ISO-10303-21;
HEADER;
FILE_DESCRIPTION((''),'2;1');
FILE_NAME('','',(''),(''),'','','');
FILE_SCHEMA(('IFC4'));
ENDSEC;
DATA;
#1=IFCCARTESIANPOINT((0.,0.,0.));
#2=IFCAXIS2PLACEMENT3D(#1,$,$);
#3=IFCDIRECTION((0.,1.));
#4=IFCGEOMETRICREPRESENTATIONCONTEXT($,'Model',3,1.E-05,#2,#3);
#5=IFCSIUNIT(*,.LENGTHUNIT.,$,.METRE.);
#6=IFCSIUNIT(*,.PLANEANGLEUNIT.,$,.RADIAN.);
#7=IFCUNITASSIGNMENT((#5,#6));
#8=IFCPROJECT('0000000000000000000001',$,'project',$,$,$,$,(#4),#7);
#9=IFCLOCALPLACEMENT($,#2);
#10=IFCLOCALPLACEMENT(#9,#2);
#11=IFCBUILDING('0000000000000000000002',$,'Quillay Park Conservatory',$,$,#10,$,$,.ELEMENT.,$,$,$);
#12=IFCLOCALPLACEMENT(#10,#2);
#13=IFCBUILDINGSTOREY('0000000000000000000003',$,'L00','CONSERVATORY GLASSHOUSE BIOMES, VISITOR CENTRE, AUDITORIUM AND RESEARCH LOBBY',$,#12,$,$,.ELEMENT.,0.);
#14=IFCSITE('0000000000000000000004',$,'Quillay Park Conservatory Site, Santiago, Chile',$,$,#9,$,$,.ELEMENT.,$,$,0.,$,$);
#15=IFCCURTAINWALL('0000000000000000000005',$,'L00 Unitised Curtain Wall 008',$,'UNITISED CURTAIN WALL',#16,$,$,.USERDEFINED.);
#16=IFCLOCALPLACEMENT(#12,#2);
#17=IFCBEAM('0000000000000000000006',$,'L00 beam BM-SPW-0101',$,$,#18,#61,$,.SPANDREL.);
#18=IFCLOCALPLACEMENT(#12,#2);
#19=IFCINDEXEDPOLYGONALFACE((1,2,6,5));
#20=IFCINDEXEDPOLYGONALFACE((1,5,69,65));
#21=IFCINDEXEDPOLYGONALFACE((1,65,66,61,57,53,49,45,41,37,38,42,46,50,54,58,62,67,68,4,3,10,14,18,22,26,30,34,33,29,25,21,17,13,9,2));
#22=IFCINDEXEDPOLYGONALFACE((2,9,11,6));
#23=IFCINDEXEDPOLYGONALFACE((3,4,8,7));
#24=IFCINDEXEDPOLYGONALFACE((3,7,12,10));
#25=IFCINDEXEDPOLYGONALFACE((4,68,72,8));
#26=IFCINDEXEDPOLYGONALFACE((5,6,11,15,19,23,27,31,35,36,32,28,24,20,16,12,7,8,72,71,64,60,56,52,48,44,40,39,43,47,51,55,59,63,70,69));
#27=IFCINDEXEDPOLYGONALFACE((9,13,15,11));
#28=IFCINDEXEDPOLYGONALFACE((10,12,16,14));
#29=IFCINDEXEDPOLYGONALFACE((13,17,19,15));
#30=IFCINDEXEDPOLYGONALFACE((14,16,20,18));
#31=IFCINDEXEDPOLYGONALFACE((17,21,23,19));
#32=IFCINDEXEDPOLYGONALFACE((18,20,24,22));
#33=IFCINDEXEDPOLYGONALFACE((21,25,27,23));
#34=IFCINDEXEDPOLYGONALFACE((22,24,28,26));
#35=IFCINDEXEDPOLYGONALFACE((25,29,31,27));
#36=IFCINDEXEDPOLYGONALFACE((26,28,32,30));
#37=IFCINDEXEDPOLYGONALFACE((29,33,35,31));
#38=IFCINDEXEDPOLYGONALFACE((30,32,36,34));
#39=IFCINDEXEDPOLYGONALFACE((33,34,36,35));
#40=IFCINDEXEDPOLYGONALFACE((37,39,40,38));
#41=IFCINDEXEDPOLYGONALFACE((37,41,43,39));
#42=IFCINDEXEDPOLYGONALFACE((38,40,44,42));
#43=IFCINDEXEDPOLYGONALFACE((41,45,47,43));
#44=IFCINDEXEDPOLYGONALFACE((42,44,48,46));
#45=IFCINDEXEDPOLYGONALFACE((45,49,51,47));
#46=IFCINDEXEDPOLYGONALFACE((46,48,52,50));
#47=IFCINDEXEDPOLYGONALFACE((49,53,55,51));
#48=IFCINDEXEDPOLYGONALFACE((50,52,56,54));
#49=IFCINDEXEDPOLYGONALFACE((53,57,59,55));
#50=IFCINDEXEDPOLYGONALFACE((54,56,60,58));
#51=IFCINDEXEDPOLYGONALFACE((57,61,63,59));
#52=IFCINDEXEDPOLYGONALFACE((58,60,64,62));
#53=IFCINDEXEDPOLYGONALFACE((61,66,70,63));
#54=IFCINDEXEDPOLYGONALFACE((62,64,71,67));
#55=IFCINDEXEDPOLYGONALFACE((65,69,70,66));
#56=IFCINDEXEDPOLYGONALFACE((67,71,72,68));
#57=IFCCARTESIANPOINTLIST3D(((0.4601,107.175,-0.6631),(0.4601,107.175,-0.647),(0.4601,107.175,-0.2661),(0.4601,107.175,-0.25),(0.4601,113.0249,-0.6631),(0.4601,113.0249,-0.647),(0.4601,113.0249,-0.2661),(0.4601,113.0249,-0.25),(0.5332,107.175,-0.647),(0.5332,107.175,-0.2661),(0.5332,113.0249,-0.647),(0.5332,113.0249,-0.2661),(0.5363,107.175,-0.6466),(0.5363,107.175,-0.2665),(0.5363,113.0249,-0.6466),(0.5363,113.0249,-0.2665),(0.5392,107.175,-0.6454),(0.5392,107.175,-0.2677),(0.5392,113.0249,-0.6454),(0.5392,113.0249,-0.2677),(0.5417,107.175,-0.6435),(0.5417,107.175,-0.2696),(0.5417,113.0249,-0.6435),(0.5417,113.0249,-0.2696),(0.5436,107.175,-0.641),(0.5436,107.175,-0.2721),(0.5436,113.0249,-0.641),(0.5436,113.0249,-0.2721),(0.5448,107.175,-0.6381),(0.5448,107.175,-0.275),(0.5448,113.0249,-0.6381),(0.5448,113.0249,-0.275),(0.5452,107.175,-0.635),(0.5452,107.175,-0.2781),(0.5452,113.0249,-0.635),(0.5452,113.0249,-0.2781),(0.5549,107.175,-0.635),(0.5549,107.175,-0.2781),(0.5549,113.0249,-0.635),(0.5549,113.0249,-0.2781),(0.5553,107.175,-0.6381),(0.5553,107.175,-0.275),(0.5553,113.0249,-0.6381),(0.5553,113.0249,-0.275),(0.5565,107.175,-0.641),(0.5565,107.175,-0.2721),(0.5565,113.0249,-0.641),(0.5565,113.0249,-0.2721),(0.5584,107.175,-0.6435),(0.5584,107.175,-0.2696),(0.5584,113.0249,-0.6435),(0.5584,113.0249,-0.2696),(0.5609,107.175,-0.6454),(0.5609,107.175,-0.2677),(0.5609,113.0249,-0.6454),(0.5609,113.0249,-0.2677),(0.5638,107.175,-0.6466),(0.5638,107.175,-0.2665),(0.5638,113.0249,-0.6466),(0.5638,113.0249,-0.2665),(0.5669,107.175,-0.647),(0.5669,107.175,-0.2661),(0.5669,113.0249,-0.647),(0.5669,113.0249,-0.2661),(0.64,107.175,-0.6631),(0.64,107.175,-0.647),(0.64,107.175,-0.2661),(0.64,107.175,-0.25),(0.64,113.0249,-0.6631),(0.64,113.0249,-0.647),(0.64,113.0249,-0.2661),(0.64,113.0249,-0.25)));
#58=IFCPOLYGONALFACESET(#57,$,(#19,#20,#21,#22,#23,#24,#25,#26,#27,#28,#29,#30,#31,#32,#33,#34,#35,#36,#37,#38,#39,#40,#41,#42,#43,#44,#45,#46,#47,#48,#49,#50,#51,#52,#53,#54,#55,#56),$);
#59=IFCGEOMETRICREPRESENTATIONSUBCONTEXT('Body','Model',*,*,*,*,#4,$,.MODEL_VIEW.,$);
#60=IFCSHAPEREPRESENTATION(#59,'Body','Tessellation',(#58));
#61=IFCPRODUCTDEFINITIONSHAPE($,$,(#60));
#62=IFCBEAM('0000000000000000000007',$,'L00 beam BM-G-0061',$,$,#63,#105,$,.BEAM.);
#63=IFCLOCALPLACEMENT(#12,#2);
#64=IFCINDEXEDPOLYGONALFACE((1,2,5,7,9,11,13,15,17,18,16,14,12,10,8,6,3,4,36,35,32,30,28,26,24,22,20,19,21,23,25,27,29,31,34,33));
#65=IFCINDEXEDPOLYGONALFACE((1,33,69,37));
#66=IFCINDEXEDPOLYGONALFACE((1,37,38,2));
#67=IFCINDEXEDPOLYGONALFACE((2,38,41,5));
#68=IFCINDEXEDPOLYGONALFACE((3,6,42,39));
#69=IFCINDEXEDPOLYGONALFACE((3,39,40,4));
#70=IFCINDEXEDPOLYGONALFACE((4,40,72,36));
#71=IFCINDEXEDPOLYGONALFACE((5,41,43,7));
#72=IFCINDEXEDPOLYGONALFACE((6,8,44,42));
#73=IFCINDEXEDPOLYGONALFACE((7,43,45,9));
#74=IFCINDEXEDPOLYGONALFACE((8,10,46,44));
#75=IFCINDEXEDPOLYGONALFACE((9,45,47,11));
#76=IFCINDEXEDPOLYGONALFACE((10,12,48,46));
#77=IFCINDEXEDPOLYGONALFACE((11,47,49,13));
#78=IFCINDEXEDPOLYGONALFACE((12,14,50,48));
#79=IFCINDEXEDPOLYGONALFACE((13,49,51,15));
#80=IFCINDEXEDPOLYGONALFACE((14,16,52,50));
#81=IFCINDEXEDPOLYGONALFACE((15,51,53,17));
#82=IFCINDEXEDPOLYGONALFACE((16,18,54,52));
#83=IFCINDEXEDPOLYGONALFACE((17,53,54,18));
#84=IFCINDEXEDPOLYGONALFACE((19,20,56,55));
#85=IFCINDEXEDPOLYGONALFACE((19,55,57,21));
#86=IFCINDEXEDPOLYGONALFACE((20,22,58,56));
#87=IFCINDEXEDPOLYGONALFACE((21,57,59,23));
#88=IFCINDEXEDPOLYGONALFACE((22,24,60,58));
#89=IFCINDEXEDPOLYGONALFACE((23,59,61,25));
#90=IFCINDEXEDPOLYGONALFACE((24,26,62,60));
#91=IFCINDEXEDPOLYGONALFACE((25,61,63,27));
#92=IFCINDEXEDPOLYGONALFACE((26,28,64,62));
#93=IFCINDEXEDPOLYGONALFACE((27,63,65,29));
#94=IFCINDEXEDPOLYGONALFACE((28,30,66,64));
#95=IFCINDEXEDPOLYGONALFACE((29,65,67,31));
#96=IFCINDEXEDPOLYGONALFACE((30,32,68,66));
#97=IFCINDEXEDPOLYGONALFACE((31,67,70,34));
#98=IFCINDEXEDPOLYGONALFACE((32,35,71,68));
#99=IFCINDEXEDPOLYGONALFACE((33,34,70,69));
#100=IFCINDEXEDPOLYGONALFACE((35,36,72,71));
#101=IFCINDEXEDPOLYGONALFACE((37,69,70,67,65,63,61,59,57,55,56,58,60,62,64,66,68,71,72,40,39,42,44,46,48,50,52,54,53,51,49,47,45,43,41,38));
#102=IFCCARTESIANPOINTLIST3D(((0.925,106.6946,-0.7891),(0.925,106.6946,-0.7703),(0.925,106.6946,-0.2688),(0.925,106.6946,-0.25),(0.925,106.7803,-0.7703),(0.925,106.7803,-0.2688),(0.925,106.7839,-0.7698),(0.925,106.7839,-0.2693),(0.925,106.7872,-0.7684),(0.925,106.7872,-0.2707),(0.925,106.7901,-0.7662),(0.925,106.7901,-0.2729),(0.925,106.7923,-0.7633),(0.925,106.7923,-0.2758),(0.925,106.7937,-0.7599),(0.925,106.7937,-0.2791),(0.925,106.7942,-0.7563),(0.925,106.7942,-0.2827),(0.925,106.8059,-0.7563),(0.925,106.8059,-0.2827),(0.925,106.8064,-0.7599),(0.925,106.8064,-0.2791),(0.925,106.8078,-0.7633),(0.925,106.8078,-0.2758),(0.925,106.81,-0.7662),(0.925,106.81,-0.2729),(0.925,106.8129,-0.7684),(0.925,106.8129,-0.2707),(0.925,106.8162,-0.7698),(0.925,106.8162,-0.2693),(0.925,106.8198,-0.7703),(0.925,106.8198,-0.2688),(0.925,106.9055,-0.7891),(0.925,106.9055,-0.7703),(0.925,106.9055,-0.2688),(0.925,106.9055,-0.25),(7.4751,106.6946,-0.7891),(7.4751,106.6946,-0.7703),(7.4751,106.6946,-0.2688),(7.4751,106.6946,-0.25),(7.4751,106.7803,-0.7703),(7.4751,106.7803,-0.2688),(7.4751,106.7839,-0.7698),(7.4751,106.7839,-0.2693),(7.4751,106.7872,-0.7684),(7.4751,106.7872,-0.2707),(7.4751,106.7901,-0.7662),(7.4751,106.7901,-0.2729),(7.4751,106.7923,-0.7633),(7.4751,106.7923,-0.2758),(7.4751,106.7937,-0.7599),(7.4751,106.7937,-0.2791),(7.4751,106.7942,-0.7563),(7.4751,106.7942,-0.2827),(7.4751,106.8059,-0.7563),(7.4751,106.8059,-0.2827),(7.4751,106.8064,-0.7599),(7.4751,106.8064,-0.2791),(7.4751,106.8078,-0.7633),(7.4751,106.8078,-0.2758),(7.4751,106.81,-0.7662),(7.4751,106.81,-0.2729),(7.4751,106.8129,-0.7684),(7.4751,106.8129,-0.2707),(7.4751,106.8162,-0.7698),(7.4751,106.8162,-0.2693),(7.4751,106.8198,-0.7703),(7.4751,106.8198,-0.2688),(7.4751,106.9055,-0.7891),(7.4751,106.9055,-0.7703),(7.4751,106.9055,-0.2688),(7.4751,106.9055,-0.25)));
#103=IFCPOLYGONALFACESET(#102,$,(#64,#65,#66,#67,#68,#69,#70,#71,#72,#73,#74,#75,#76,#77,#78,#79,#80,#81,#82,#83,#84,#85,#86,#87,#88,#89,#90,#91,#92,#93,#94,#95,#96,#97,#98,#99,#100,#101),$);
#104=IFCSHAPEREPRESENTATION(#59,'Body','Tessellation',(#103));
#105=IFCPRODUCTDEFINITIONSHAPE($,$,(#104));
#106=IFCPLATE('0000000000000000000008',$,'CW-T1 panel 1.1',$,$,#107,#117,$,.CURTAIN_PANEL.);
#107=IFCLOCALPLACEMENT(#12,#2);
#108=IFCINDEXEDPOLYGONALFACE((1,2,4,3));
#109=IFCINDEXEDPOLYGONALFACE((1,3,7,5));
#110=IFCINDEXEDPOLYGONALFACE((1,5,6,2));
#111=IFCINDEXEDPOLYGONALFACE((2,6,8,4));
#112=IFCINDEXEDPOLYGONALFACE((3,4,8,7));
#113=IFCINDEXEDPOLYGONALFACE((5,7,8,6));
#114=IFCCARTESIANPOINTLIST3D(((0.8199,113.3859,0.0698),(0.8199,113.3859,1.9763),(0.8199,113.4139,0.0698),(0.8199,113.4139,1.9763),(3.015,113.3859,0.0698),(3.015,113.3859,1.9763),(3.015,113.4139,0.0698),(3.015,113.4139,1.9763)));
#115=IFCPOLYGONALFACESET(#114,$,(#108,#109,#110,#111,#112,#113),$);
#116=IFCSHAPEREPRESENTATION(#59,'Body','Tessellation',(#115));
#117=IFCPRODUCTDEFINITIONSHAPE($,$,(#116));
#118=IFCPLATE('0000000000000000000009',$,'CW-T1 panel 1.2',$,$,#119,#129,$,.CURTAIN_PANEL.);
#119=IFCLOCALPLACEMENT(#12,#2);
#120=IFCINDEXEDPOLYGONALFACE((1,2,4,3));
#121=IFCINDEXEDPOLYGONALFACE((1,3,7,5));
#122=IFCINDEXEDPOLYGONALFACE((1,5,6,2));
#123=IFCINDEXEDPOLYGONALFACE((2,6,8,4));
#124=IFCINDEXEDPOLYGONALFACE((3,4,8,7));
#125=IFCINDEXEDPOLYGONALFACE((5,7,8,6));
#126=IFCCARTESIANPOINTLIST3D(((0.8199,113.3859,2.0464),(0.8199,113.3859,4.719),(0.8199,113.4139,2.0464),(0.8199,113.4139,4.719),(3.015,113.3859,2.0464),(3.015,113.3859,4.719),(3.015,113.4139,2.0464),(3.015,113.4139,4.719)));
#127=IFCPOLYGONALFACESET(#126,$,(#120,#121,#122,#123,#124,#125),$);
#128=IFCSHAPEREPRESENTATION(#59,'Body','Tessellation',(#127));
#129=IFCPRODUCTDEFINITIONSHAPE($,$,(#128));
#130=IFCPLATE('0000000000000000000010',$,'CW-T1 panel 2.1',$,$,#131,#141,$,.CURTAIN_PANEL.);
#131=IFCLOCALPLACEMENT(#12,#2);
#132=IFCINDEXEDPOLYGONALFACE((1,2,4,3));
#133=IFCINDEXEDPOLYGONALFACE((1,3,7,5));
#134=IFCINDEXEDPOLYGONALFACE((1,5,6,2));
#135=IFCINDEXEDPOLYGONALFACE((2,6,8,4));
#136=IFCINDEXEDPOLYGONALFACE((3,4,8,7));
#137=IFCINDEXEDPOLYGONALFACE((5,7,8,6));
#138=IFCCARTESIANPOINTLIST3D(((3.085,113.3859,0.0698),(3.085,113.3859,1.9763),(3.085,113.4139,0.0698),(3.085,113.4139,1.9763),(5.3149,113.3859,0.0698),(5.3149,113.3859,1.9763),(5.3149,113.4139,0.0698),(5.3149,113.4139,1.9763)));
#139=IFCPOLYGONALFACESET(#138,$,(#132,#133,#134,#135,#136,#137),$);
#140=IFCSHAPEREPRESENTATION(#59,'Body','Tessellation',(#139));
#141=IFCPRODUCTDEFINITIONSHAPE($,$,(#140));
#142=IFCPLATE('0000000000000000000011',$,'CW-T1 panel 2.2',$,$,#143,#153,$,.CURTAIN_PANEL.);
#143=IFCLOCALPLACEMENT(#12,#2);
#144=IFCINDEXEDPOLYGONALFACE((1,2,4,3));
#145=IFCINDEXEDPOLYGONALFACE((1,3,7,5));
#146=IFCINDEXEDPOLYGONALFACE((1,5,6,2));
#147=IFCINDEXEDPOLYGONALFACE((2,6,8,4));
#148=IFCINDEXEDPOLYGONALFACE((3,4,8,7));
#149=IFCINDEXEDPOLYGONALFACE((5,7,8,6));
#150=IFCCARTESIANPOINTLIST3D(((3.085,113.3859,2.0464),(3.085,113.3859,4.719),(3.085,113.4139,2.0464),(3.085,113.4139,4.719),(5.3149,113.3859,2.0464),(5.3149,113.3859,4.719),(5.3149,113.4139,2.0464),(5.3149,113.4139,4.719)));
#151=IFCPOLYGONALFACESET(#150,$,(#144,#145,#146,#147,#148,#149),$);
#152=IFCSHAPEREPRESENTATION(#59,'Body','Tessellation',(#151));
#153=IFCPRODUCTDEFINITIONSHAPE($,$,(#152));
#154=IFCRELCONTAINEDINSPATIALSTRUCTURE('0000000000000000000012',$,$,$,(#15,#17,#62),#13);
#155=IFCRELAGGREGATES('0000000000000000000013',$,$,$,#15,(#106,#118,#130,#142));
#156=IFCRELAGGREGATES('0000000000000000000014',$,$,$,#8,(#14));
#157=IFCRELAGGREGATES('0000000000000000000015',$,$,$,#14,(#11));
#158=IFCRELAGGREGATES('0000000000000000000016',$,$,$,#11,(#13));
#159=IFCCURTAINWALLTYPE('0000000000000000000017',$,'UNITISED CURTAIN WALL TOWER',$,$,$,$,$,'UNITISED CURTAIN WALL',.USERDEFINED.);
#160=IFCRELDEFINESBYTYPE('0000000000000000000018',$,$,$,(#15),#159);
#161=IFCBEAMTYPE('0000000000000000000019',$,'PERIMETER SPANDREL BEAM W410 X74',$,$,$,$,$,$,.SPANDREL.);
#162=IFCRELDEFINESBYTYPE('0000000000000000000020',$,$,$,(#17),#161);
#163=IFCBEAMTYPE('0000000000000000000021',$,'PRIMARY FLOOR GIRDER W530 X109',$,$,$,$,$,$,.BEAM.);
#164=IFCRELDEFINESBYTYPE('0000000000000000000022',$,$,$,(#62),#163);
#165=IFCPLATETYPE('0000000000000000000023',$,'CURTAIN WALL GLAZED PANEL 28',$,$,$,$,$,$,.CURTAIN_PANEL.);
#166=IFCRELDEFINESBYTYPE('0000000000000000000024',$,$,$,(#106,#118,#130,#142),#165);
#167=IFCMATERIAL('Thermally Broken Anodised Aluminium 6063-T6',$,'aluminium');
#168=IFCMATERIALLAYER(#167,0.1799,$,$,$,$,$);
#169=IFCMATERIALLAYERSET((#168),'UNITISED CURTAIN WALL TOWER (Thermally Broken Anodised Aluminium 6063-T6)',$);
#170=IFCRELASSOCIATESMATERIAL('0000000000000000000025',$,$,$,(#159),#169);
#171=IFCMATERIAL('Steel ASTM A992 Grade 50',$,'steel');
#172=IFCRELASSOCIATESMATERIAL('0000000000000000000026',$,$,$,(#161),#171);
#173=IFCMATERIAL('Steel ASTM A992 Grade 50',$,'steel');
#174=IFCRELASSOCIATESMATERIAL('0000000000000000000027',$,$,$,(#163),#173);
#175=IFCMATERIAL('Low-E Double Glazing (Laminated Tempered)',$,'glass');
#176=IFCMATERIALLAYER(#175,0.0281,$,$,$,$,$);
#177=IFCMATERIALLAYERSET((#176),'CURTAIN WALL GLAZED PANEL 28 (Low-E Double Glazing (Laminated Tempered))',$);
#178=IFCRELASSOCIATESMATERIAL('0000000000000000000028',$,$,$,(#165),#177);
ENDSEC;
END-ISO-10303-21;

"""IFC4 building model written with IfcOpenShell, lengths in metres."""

from ifc_helpers import new_model, si_unit, direction, frame, origin, origin_2d, place, context, subcontext, project, spatial, rectangle, i_section, extrude, material, layer, layer_set, material_profile, profile_set, type_object, element, aggregate, save


model = new_model("IFC4")

# Units and contexts
model_context = context("Model", 3, precision=1e-05, world=origin(), true_north=direction((0.0, 1.0)))
body_context = subcontext(model_context, "Body", "Model", "MODEL_VIEW")
ifc_project = project(units=[si_unit("LENGTHUNIT", "METRE"), si_unit("PLANEANGLEUNIT", "RADIAN")], contexts=[model_context])

# Site, building, storey
site_placement = place(None, origin())
site = spatial("IfcSite", under=ifc_project, at=site_placement, Name="Quillay Park Conservatory Site, Santiago, Chile", CompositionType="ELEMENT", RefElevation=0.0)
building_placement = place(site_placement, origin())
building = spatial("IfcBuilding", under=site, at=building_placement, Name="Quillay Park Conservatory", CompositionType="ELEMENT")
storey_placement = place(building_placement, origin())
storey = spatial("IfcBuildingStorey", under=building, at=storey_placement, Name="L00", Description="CONSERVATORY GLASSHOUSE BIOMES, VISITOR CENTRE, AUDITORIUM AND RESEARCH LOBBY", CompositionType="ELEMENT", Elevation=0.0)

# Curtain wall
ifc_material_1 = material(Name="Thermally Broken Anodised Aluminium 6063-T6", Category="aluminium")
ifc_layer_1 = layer(ifc_material_1, 0.1799)
ifc_layer_set_1 = layer_set([ifc_layer_1], Name="UNITISED CURTAIN WALL TOWER (Thermally Broken Anodised Aluminium 6063-T6)")
curtain_wall_type = type_object("IfcCurtainWallType", Name="UNITISED CURTAIN WALL TOWER", ElementType="UNITISED CURTAIN WALL", PredefinedType="USERDEFINED", material=ifc_layer_set_1)
curtain_wall_placement = place(storey_placement, origin())
curtain_wall = element("IfcCurtainWall", 1, at=curtain_wall_placement, inside=storey, type_object=curtain_wall_type, Name="L00 Unitised Curtain Wall 008", ObjectType="UNITISED CURTAIN WALL", PredefinedType="USERDEFINED")

# Beams
ifc_material_2 = material(Name="Steel ASTM A992 Grade 50", Category="steel")
ifc_material_profile_1 = material_profile(ifc_material_2, i_section(OverallWidth=0.1799, OverallDepth=0.4131, WebThickness=0.0098, FlangeThickness=0.0161, FilletRadius=0.012, at=origin_2d()), Name="W410x74")
ifc_profile_set_1 = profile_set([ifc_material_profile_1], Name="Steel ASTM A992 Grade 50")
beam_type_1 = type_object("IfcBeamType", Name="PERIMETER SPANDREL BEAM W410 X74", PredefinedType="SPANDREL", material=ifc_profile_set_1)
beam_1_placement = place(storey_placement, frame((0.55, 107.175, -0.4565), z_axis=(0.0, 1.0, 0.0), x_axis=(-1.0, 0.0, 0.0)))
element("IfcBeam", 2, at=beam_1_placement, inside=storey, type_object=beam_type_1, Name="L00 beam BM-SPW-0101", PredefinedType="SPANDREL", context=body_context, shape_type="SweptSolid", body=[
    extrude(i_section(OverallWidth=0.1799, OverallDepth=0.4131, WebThickness=0.0098, FlangeThickness=0.0161, FilletRadius=0.012, at=origin_2d()), origin(), (0.0, 0.0, 1.0), 5.8499),
])
ifc_material_3 = material(Name="Steel ASTM A992 Grade 50", Category="steel")
ifc_material_profile_2 = material_profile(ifc_material_3, i_section(OverallWidth=0.2109, OverallDepth=0.5391, WebThickness=0.0117, FlangeThickness=0.0188, FilletRadius=0.0139, at=origin_2d()), Name="W530x109")
ifc_profile_set_2 = profile_set([ifc_material_profile_2], Name="Steel ASTM A992 Grade 50")
beam_type_2 = type_object("IfcBeamType", Name="PRIMARY FLOOR GIRDER W530 X109", PredefinedType="BEAM", material=ifc_profile_set_2)
beam_2_placement = place(storey_placement, frame((0.925, 106.8, -0.5195), z_axis=(1.0, 0.0, 0.0), x_axis=(0.0, 1.0, 0.0)))
element("IfcBeam", 3, at=beam_2_placement, inside=storey, type_object=beam_type_2, Name="L00 beam BM-G-0061", PredefinedType="BEAM", context=body_context, shape_type="SweptSolid", body=[
    extrude(i_section(OverallWidth=0.2109, OverallDepth=0.5391, WebThickness=0.0117, FlangeThickness=0.0188, FilletRadius=0.0139, at=origin_2d()), origin(), (0.0, 0.0, 1.0), 6.55),
])

# Plates
ifc_material_4 = material(Name="Low-E Double Glazing (Laminated Tempered)", Category="glass")
ifc_layer_2 = layer(ifc_material_4, 0.0281)
ifc_layer_set_2 = layer_set([ifc_layer_2], Name="CURTAIN WALL GLAZED PANEL 28 (Low-E Double Glazing (Laminated Tempered))")
plate_type = type_object("IfcPlateType", Name="CURTAIN WALL GLAZED PANEL 28", PredefinedType="CURTAIN_PANEL", material=ifc_layer_set_2)
plate_1_placement = place(storey_placement, frame((1.9175, 113.3999, 0.0698), z_axis=(0.0, 0.0, 1.0), x_axis=(1.0, 0.0, 0.0)))
plate_1 = element("IfcPlate", 4, at=plate_1_placement, type_object=plate_type, Name="CW-T1 panel 1.1", PredefinedType="CURTAIN_PANEL", context=body_context, shape_type="SweptSolid", body=[
    extrude(rectangle(XDim=2.1951, YDim=0.0281, at=origin_2d()), origin(), (0.0, 0.0, 1.0), 1.9065),
])
plate_2_placement = place(storey_placement, frame((1.9175, 113.3999, 2.0464), z_axis=(0.0, 0.0, 1.0), x_axis=(1.0, 0.0, 0.0)))
plate_2 = element("IfcPlate", 5, at=plate_2_placement, type_object=plate_type, Name="CW-T1 panel 1.2", PredefinedType="CURTAIN_PANEL", context=body_context, shape_type="SweptSolid", body=[
    extrude(rectangle(XDim=2.1951, YDim=0.0281, at=origin_2d()), origin(), (0.0, 0.0, 1.0), 2.6726),
])
plate_3_placement = place(storey_placement, frame((4.2, 113.3999, 0.0698), z_axis=(0.0, 0.0, 1.0), x_axis=(1.0, 0.0, 0.0)))
plate_3 = element("IfcPlate", 6, at=plate_3_placement, type_object=plate_type, Name="CW-T1 panel 2.1", PredefinedType="CURTAIN_PANEL", context=body_context, shape_type="SweptSolid", body=[
    extrude(rectangle(XDim=2.23, YDim=0.0281, at=origin_2d()), origin(), (0.0, 0.0, 1.0), 1.9065),
])
plate_4_placement = place(storey_placement, frame((4.2, 113.3999, 2.0464), z_axis=(0.0, 0.0, 1.0), x_axis=(1.0, 0.0, 0.0)))
plate_4 = element("IfcPlate", 7, at=plate_4_placement, type_object=plate_type, Name="CW-T1 panel 2.2", PredefinedType="CURTAIN_PANEL", context=body_context, shape_type="SweptSolid", body=[
    extrude(rectangle(XDim=2.23, YDim=0.0281, at=origin_2d()), origin(), (0.0, 0.0, 1.0), 2.6726),
])
aggregate(curtain_wall, [plate_1, plate_2, plate_3, plate_4])

save(model, "model.ifc")
